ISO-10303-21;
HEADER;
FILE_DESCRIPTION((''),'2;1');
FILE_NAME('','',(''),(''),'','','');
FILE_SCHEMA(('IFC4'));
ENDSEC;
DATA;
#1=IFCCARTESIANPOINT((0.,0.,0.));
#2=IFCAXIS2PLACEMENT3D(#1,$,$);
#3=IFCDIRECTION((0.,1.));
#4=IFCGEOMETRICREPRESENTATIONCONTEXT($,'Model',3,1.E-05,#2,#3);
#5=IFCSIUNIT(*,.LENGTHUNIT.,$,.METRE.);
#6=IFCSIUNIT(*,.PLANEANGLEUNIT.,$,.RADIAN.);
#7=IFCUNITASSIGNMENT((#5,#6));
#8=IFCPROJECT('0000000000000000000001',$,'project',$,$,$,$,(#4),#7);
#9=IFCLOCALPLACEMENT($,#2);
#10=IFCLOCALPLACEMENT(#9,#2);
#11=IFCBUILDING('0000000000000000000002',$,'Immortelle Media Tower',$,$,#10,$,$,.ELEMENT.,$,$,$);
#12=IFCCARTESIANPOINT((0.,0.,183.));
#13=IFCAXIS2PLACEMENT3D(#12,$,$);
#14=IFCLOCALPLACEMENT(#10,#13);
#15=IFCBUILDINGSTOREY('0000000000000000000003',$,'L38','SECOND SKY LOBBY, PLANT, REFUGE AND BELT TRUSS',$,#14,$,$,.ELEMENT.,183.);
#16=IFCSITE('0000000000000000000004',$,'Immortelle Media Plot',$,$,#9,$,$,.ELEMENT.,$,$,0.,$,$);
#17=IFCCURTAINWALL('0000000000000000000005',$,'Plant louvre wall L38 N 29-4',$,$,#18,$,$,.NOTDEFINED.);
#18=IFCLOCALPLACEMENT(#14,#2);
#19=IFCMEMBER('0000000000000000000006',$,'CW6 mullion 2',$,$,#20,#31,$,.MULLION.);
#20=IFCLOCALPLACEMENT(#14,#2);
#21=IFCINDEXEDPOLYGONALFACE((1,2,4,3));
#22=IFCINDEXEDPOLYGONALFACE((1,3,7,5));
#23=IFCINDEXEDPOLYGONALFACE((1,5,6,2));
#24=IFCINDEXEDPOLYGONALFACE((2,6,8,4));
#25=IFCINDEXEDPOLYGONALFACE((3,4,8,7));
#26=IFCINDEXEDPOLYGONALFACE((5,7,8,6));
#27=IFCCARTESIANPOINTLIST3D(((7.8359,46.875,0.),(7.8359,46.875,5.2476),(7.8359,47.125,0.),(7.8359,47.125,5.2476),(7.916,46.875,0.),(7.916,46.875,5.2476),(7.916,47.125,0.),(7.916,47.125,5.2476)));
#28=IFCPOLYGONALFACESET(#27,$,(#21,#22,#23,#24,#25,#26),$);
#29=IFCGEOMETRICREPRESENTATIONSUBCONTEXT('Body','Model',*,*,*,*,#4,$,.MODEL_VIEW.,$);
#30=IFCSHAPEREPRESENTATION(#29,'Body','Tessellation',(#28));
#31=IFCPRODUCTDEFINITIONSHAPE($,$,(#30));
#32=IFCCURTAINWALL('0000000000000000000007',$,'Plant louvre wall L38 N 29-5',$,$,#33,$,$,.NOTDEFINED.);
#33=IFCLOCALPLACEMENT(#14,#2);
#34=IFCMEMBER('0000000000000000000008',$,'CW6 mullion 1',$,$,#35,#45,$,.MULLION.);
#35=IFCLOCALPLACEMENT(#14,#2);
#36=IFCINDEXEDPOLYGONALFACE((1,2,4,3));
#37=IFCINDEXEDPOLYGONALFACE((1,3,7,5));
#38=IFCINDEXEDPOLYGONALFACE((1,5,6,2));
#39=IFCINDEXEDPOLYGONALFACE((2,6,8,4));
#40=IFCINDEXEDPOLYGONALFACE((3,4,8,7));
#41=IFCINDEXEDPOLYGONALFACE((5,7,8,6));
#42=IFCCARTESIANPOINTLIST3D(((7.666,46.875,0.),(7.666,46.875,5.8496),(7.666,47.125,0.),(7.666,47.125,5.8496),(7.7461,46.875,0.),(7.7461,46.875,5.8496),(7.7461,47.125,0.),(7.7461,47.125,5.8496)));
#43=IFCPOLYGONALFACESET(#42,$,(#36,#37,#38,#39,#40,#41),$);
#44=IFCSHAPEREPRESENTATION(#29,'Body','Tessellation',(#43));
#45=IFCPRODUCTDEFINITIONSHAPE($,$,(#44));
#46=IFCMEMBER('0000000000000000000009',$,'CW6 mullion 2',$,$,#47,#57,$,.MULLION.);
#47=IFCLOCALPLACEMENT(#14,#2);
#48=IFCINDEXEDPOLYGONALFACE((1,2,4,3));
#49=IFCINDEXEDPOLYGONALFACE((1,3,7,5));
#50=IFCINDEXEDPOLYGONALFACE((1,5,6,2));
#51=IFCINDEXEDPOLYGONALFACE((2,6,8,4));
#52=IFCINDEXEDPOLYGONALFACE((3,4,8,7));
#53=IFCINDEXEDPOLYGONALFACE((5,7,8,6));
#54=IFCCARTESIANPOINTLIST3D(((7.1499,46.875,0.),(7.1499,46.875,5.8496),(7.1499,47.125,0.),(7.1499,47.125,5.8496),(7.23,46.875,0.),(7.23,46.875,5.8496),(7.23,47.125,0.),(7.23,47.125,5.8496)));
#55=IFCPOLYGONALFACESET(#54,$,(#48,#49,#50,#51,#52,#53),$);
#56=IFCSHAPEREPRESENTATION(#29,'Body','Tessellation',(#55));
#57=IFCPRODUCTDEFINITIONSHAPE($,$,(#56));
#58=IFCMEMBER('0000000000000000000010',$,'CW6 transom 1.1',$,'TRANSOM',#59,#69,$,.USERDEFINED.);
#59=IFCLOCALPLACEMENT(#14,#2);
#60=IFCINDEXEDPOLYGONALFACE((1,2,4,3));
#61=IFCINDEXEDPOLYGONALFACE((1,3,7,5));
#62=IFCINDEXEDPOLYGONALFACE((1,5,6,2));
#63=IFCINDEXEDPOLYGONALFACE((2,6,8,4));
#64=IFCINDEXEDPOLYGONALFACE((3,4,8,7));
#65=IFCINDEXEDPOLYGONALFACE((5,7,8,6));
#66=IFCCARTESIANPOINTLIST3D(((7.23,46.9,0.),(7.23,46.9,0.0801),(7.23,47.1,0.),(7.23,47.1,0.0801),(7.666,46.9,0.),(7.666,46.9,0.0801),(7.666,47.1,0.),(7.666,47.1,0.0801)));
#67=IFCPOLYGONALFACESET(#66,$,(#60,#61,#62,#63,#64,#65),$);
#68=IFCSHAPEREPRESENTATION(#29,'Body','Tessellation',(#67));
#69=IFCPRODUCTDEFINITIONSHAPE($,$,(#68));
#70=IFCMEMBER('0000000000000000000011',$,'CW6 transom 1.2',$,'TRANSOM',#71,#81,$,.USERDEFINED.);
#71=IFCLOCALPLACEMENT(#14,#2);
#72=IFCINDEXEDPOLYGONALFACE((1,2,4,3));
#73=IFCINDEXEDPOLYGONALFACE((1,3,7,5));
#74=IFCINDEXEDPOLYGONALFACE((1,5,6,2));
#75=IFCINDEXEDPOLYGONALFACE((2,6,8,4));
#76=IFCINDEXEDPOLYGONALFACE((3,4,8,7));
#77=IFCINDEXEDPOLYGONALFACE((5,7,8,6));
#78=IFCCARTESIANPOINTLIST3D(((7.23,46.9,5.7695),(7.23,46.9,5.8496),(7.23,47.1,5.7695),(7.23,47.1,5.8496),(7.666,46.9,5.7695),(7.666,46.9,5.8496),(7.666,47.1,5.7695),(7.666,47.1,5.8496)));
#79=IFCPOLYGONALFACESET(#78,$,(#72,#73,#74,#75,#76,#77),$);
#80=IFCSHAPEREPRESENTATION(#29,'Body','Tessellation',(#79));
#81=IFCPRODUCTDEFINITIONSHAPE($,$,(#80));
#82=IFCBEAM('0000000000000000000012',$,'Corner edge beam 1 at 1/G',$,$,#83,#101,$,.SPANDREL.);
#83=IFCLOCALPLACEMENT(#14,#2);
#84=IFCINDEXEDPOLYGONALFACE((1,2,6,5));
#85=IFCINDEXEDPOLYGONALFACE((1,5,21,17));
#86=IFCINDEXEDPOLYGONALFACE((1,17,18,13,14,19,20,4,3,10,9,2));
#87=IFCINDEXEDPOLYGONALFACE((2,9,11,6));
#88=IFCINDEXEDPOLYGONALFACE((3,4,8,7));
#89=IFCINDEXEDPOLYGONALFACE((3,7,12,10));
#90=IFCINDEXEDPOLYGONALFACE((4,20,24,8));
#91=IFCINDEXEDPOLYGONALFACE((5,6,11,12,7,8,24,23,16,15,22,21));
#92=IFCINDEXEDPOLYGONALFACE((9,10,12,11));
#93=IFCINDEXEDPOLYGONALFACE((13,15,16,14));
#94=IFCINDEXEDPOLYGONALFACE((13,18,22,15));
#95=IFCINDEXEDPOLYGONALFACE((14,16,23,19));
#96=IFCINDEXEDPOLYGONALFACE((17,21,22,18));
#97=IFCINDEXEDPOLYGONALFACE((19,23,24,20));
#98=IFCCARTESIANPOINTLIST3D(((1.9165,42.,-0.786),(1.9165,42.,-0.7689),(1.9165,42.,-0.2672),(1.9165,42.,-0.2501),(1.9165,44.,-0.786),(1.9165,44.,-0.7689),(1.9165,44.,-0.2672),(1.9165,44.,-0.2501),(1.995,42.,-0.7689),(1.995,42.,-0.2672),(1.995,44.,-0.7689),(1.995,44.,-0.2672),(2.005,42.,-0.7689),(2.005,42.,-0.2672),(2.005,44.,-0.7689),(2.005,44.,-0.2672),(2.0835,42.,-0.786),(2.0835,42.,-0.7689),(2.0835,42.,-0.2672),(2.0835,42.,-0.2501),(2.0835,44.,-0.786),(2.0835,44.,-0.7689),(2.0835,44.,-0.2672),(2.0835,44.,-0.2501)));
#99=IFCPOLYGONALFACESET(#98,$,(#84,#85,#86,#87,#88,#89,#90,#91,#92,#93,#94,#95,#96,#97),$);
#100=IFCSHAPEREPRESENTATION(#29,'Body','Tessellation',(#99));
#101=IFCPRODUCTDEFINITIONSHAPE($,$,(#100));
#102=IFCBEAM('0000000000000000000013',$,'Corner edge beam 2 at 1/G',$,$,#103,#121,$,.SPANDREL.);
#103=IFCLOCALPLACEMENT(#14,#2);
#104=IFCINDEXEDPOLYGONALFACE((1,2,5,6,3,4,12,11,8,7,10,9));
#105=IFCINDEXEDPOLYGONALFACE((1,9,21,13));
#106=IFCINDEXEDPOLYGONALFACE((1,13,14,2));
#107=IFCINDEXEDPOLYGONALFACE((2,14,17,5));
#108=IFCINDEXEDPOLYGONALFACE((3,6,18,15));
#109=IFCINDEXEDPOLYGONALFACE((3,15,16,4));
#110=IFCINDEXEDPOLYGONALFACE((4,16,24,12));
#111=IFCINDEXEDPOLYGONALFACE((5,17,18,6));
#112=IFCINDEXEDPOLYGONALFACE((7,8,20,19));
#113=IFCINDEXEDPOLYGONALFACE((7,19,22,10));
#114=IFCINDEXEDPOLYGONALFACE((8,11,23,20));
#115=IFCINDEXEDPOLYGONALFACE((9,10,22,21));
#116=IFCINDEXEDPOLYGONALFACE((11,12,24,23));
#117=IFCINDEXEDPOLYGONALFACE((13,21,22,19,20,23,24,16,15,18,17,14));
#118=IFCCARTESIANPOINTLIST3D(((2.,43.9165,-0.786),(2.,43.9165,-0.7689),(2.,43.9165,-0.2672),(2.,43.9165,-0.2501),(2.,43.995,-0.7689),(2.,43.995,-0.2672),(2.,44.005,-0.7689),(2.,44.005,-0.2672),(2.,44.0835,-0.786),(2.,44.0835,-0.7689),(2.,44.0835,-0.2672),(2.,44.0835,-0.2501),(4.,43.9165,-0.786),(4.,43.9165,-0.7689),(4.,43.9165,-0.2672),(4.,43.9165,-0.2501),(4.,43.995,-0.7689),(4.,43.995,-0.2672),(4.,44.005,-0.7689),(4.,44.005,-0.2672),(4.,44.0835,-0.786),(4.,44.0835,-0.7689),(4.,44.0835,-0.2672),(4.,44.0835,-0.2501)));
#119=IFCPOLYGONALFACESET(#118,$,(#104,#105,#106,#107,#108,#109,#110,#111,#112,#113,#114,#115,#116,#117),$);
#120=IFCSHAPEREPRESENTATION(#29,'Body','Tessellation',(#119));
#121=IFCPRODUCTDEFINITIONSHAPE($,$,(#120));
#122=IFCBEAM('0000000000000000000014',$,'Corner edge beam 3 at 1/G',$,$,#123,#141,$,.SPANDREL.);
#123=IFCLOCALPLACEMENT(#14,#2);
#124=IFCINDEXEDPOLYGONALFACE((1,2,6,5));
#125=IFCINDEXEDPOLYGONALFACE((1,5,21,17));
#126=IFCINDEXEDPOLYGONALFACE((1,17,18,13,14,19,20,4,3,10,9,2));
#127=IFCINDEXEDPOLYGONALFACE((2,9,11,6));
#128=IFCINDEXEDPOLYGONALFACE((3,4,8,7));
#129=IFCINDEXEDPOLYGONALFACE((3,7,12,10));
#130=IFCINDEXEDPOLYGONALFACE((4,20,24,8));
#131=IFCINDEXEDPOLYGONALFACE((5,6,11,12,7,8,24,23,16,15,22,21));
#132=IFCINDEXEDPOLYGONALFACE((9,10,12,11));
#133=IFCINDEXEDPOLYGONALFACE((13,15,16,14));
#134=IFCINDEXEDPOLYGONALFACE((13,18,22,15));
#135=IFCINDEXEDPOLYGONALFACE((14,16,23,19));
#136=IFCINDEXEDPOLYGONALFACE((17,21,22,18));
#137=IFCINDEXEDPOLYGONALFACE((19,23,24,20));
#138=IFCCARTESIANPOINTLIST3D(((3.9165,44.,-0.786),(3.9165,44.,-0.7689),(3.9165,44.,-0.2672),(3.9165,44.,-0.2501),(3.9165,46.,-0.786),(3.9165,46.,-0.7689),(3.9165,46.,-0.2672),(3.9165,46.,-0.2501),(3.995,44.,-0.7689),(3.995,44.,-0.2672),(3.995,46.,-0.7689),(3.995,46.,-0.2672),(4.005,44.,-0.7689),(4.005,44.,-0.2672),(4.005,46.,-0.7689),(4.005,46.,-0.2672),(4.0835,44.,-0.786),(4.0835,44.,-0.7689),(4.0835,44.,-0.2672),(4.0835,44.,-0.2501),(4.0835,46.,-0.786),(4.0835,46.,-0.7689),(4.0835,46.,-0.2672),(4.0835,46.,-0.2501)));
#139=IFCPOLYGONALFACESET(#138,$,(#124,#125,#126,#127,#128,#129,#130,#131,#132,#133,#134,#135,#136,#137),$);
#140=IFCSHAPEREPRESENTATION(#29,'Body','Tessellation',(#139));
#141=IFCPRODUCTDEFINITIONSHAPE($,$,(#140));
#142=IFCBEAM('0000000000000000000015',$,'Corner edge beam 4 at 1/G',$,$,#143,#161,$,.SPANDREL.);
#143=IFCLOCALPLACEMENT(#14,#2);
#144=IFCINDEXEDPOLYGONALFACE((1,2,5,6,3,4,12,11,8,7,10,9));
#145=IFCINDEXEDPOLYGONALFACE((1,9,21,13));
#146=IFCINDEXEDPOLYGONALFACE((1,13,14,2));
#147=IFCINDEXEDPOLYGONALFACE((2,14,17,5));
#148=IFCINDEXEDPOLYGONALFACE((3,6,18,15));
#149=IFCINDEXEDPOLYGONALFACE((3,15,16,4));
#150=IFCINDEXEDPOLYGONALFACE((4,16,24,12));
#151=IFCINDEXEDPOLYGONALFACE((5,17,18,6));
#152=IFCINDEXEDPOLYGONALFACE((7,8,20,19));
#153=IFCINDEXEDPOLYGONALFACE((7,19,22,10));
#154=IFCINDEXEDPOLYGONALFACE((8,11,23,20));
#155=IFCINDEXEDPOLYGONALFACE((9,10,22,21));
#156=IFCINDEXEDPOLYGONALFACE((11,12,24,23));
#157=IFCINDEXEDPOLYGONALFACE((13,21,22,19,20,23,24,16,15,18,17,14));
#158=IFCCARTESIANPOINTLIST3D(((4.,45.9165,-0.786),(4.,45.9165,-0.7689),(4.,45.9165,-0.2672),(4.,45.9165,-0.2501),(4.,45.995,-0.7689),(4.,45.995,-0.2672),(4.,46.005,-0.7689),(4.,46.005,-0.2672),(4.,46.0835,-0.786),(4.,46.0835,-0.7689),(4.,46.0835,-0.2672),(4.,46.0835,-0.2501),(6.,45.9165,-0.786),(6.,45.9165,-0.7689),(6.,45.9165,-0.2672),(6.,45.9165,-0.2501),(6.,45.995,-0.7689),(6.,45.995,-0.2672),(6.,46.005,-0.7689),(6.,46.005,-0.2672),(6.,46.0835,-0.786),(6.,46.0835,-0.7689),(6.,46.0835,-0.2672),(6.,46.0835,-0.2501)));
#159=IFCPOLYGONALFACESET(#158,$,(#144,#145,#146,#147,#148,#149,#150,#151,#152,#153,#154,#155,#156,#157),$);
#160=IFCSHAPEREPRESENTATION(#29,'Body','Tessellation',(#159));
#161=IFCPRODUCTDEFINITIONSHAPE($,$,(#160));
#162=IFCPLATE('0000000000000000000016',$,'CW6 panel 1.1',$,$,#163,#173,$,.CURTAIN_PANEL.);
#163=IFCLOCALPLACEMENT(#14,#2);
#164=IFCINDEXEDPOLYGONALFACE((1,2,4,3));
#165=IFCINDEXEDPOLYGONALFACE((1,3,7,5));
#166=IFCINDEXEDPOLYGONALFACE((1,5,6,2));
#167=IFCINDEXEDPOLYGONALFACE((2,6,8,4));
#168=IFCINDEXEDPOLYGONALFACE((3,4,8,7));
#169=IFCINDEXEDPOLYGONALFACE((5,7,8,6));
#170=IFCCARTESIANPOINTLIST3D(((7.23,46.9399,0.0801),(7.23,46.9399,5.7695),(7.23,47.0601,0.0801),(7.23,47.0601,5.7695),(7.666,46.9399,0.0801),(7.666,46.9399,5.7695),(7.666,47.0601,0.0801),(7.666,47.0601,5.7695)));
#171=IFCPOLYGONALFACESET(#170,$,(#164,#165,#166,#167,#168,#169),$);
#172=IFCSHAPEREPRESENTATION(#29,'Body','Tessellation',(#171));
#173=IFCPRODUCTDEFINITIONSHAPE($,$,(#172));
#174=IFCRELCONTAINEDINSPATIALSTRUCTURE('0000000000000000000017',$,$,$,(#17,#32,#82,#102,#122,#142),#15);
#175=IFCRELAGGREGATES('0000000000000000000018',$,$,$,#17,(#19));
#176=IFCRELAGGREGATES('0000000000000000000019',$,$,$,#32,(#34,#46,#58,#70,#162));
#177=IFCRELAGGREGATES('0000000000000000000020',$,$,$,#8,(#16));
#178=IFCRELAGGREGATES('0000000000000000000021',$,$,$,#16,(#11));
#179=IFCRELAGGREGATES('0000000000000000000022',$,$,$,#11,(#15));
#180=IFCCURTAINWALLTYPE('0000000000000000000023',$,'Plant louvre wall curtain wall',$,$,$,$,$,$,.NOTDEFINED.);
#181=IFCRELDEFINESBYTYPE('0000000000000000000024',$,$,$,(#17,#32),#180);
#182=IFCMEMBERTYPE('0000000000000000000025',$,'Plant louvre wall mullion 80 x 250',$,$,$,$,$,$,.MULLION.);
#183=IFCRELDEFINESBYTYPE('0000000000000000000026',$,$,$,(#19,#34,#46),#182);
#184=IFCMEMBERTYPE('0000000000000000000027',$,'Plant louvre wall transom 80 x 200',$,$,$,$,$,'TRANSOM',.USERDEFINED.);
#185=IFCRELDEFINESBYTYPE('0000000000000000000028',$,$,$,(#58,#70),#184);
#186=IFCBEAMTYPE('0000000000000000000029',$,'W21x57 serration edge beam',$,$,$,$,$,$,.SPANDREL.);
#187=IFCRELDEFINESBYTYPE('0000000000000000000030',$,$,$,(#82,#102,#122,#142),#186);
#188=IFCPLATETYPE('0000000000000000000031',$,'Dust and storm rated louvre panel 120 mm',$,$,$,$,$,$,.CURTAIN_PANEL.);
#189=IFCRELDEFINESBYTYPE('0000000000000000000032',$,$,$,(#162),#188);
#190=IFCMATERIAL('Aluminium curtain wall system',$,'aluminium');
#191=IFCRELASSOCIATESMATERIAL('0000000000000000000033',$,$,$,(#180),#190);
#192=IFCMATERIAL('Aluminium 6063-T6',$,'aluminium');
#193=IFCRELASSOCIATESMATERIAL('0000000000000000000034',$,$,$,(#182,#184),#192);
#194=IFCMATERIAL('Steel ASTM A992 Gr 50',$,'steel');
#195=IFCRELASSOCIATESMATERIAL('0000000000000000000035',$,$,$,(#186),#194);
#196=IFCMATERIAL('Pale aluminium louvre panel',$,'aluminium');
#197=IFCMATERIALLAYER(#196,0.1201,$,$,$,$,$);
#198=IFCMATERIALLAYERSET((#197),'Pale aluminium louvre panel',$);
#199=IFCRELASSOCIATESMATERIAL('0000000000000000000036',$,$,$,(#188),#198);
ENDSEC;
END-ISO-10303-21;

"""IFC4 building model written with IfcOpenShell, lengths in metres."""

from ifc_helpers import new_model, si_unit, direction, frame, origin, origin_2d, place, context, subcontext, project, spatial, rectangle, i_section, extrude, material, layer, layer_set, material_profile, profile_set, type_object, element, aggregate, save


model = new_model("IFC4")

# Units and contexts
model_context = context("Model", 3, precision=1e-05, world=origin(), true_north=direction((0.0, 1.0)))
body_context = subcontext(model_context, "Body", "Model", "MODEL_VIEW")
ifc_project = project(units=[si_unit("LENGTHUNIT", "METRE"), si_unit("PLANEANGLEUNIT", "RADIAN")], contexts=[model_context])

# Site, building, storey
site_placement = place(None, origin())
site = spatial("IfcSite", under=ifc_project, at=site_placement, Name="Immortelle Media Plot", CompositionType="ELEMENT", RefElevation=0.0)
building_placement = place(site_placement, origin())
building = spatial("IfcBuilding", under=site, at=building_placement, Name="Immortelle Media Tower", CompositionType="ELEMENT")
storey_placement = place(building_placement, frame((0.0, 0.0, 183.0)))
storey = spatial("IfcBuildingStorey", under=building, at=storey_placement, Name="L38", Description="SECOND SKY LOBBY, PLANT, REFUGE AND BELT TRUSS", CompositionType="ELEMENT", Elevation=183.0)

# Curtain wall, member
ifc_material_1 = material(Name="Aluminium curtain wall system", Category="aluminium")
curtain_wall_type = type_object("IfcCurtainWallType", Name="Plant louvre wall curtain wall", PredefinedType="NOTDEFINED", material=ifc_material_1)
curtain_wall_1_placement = place(storey_placement, origin())
curtain_wall_1 = element("IfcCurtainWall", 1, at=curtain_wall_1_placement, inside=storey, type_object=curtain_wall_type, Name="Plant louvre wall L38 N 29-4", PredefinedType="NOTDEFINED")
ifc_material_2 = material(Name="Aluminium 6063-T6", Category="aluminium")
ifc_material_profile_1 = material_profile(ifc_material_2, rectangle(XDim=0.25, YDim=0.0801, at=origin_2d()), Name="AL 80x250")
ifc_profile_set_1 = profile_set([ifc_material_profile_1], Name="Aluminium 6063-T6")
member_type_1 = type_object("IfcMemberType", Name="Plant louvre wall mullion 80 x 250", PredefinedType="MULLION", material=ifc_profile_set_1)
member_1_placement = place(storey_placement, frame((7.876, 47.0, 0.0), z_axis=(0.0, 0.0, 1.0), x_axis=(0.0, -1.0, 0.0)))
member_1 = element("IfcMember", 2, at=member_1_placement, type_object=member_type_1, Name="CW6 mullion 2", PredefinedType="MULLION", context=body_context, shape_type="SweptSolid", body=[
    extrude(rectangle(XDim=0.25, YDim=0.0801, at=origin_2d()), origin(), (0.0, 0.0, 1.0), 5.2476),
])
aggregate(curtain_wall_1, [member_1])

# Curtain wall, members
curtain_wall_2_placement = place(storey_placement, origin())
curtain_wall_2 = element("IfcCurtainWall", 3, at=curtain_wall_2_placement, inside=storey, type_object=curtain_wall_type, Name="Plant louvre wall L38 N 29-5", PredefinedType="NOTDEFINED")
member_2_placement = place(storey_placement, frame((7.7061, 47.0, 0.0), z_axis=(0.0, 0.0, 1.0), x_axis=(0.0, -1.0, 0.0)))
member_2 = element("IfcMember", 4, at=member_2_placement, type_object=member_type_1, Name="CW6 mullion 1", PredefinedType="MULLION", context=body_context, shape_type="SweptSolid", body=[
    extrude(rectangle(XDim=0.25, YDim=0.0801, at=origin_2d()), origin(), (0.0, 0.0, 1.0), 5.8496),
])
member_3_placement = place(storey_placement, frame((7.1899, 47.0, 0.0), z_axis=(0.0, 0.0, 1.0), x_axis=(0.0, -1.0, 0.0)))
member_3 = element("IfcMember", 5, at=member_3_placement, type_object=member_type_1, Name="CW6 mullion 2", PredefinedType="MULLION", context=body_context, shape_type="SweptSolid", body=[
    extrude(rectangle(XDim=0.25, YDim=0.0801, at=origin_2d()), origin(), (0.0, 0.0, 1.0), 5.8496),
])
ifc_material_profile_2 = material_profile(ifc_material_2, rectangle(XDim=0.2, YDim=0.0801, at=origin_2d()), Name="AL 80x200")
ifc_profile_set_2 = profile_set([ifc_material_profile_2], Name="Aluminium 6063-T6")
member_type_2 = type_object("IfcMemberType", Name="Plant louvre wall transom 80 x 200", ElementType="TRANSOM", PredefinedType="USERDEFINED", material=ifc_profile_set_2)
member_4_placement = place(storey_placement, frame((7.666, 47.0, 0.04), z_axis=(-1.0, 0.0, 0.0), x_axis=(0.0, -1.0, 0.0)))
member_4 = element("IfcMember", 6, at=member_4_placement, type_object=member_type_2, Name="CW6 transom 1.1", ObjectType="TRANSOM", PredefinedType="USERDEFINED", context=body_context, shape_type="SweptSolid", body=[
    extrude(rectangle(XDim=0.2, YDim=0.0801, at=origin_2d()), origin(), (0.0, 0.0, 1.0), 0.436),
])
member_5_placement = place(storey_placement, frame((7.666, 47.0, 5.8096), z_axis=(-1.0, 0.0, 0.0), x_axis=(0.0, -1.0, 0.0)))
member_5 = element("IfcMember", 7, at=member_5_placement, type_object=member_type_2, Name="CW6 transom 1.2", ObjectType="TRANSOM", PredefinedType="USERDEFINED", context=body_context, shape_type="SweptSolid", body=[
    extrude(rectangle(XDim=0.2, YDim=0.0801, at=origin_2d()), origin(), (0.0, 0.0, 1.0), 0.436),
])

# Beams
ifc_material_3 = material(Name="Steel ASTM A992 Gr 50", Category="steel")
ifc_material_profile_3 = material_profile(ifc_material_3, i_section(OverallWidth=0.167, OverallDepth=0.5359, WebThickness=0.01, FlangeThickness=0.0171, at=origin_2d()), Name="W21x57")
ifc_profile_set_3 = profile_set([ifc_material_profile_3], Name="Steel ASTM A992 Gr 50")
beam_type = type_object("IfcBeamType", Name="W21x57 serration edge beam", PredefinedType="SPANDREL", material=ifc_profile_set_3)
for number, where, z_axis, x_axis, name in (
    (8, (2.0, 42.0, -0.5181), (0.0, 1.0, 0.0), (-1.0, 0.0, 0.0), "Corner edge beam 1 at 1/G"),
    (9, (2.0, 44.0, -0.5181), (1.0, 0.0, 0.0), (0.0, 1.0, 0.0), "Corner edge beam 2 at 1/G"),
    (10, (4.0, 44.0, -0.5181), (0.0, 1.0, 0.0), (-1.0, 0.0, 0.0), "Corner edge beam 3 at 1/G"),
    (11, (4.0, 46.0, -0.5181), (1.0, 0.0, 0.0), (0.0, 1.0, 0.0), "Corner edge beam 4 at 1/G"),
):
    element("IfcBeam", number, at=place(storey_placement, frame(where, z_axis=z_axis, x_axis=x_axis)), inside=storey, type_object=beam_type, Name=name, PredefinedType="SPANDREL", context=body_context, shape_type="SweptSolid", body=[
        extrude(i_section(OverallWidth=0.167, OverallDepth=0.5359, WebThickness=0.01, FlangeThickness=0.0171, at=origin_2d()), origin(), (0.0, 0.0, 1.0), 2.0),
    ])

# Plate
ifc_material_4 = material(Name="Pale aluminium louvre panel", Category="aluminium")
ifc_layer_1 = layer(ifc_material_4, 0.1201)
ifc_layer_set_1 = layer_set([ifc_layer_1], Name="Pale aluminium louvre panel")
plate_type = type_object("IfcPlateType", Name="Dust and storm rated louvre panel 120 mm", PredefinedType="CURTAIN_PANEL", material=ifc_layer_set_1)
plate_placement = place(storey_placement, frame((7.448, 47.0, 0.0801), z_axis=(0.0, 0.0, 1.0), x_axis=(-1.0, 0.0, 0.0)))
plate = element("IfcPlate", 12, at=plate_placement, type_object=plate_type, Name="CW6 panel 1.1", PredefinedType="CURTAIN_PANEL", context=body_context, shape_type="SweptSolid", body=[
    extrude(rectangle(XDim=0.436, YDim=0.1201, at=origin_2d()), origin(), (0.0, 0.0, 1.0), 5.6895),
])
aggregate(curtain_wall_2, [member_2, member_3, member_4, member_5, plate])

save(model, "model.ifc")
